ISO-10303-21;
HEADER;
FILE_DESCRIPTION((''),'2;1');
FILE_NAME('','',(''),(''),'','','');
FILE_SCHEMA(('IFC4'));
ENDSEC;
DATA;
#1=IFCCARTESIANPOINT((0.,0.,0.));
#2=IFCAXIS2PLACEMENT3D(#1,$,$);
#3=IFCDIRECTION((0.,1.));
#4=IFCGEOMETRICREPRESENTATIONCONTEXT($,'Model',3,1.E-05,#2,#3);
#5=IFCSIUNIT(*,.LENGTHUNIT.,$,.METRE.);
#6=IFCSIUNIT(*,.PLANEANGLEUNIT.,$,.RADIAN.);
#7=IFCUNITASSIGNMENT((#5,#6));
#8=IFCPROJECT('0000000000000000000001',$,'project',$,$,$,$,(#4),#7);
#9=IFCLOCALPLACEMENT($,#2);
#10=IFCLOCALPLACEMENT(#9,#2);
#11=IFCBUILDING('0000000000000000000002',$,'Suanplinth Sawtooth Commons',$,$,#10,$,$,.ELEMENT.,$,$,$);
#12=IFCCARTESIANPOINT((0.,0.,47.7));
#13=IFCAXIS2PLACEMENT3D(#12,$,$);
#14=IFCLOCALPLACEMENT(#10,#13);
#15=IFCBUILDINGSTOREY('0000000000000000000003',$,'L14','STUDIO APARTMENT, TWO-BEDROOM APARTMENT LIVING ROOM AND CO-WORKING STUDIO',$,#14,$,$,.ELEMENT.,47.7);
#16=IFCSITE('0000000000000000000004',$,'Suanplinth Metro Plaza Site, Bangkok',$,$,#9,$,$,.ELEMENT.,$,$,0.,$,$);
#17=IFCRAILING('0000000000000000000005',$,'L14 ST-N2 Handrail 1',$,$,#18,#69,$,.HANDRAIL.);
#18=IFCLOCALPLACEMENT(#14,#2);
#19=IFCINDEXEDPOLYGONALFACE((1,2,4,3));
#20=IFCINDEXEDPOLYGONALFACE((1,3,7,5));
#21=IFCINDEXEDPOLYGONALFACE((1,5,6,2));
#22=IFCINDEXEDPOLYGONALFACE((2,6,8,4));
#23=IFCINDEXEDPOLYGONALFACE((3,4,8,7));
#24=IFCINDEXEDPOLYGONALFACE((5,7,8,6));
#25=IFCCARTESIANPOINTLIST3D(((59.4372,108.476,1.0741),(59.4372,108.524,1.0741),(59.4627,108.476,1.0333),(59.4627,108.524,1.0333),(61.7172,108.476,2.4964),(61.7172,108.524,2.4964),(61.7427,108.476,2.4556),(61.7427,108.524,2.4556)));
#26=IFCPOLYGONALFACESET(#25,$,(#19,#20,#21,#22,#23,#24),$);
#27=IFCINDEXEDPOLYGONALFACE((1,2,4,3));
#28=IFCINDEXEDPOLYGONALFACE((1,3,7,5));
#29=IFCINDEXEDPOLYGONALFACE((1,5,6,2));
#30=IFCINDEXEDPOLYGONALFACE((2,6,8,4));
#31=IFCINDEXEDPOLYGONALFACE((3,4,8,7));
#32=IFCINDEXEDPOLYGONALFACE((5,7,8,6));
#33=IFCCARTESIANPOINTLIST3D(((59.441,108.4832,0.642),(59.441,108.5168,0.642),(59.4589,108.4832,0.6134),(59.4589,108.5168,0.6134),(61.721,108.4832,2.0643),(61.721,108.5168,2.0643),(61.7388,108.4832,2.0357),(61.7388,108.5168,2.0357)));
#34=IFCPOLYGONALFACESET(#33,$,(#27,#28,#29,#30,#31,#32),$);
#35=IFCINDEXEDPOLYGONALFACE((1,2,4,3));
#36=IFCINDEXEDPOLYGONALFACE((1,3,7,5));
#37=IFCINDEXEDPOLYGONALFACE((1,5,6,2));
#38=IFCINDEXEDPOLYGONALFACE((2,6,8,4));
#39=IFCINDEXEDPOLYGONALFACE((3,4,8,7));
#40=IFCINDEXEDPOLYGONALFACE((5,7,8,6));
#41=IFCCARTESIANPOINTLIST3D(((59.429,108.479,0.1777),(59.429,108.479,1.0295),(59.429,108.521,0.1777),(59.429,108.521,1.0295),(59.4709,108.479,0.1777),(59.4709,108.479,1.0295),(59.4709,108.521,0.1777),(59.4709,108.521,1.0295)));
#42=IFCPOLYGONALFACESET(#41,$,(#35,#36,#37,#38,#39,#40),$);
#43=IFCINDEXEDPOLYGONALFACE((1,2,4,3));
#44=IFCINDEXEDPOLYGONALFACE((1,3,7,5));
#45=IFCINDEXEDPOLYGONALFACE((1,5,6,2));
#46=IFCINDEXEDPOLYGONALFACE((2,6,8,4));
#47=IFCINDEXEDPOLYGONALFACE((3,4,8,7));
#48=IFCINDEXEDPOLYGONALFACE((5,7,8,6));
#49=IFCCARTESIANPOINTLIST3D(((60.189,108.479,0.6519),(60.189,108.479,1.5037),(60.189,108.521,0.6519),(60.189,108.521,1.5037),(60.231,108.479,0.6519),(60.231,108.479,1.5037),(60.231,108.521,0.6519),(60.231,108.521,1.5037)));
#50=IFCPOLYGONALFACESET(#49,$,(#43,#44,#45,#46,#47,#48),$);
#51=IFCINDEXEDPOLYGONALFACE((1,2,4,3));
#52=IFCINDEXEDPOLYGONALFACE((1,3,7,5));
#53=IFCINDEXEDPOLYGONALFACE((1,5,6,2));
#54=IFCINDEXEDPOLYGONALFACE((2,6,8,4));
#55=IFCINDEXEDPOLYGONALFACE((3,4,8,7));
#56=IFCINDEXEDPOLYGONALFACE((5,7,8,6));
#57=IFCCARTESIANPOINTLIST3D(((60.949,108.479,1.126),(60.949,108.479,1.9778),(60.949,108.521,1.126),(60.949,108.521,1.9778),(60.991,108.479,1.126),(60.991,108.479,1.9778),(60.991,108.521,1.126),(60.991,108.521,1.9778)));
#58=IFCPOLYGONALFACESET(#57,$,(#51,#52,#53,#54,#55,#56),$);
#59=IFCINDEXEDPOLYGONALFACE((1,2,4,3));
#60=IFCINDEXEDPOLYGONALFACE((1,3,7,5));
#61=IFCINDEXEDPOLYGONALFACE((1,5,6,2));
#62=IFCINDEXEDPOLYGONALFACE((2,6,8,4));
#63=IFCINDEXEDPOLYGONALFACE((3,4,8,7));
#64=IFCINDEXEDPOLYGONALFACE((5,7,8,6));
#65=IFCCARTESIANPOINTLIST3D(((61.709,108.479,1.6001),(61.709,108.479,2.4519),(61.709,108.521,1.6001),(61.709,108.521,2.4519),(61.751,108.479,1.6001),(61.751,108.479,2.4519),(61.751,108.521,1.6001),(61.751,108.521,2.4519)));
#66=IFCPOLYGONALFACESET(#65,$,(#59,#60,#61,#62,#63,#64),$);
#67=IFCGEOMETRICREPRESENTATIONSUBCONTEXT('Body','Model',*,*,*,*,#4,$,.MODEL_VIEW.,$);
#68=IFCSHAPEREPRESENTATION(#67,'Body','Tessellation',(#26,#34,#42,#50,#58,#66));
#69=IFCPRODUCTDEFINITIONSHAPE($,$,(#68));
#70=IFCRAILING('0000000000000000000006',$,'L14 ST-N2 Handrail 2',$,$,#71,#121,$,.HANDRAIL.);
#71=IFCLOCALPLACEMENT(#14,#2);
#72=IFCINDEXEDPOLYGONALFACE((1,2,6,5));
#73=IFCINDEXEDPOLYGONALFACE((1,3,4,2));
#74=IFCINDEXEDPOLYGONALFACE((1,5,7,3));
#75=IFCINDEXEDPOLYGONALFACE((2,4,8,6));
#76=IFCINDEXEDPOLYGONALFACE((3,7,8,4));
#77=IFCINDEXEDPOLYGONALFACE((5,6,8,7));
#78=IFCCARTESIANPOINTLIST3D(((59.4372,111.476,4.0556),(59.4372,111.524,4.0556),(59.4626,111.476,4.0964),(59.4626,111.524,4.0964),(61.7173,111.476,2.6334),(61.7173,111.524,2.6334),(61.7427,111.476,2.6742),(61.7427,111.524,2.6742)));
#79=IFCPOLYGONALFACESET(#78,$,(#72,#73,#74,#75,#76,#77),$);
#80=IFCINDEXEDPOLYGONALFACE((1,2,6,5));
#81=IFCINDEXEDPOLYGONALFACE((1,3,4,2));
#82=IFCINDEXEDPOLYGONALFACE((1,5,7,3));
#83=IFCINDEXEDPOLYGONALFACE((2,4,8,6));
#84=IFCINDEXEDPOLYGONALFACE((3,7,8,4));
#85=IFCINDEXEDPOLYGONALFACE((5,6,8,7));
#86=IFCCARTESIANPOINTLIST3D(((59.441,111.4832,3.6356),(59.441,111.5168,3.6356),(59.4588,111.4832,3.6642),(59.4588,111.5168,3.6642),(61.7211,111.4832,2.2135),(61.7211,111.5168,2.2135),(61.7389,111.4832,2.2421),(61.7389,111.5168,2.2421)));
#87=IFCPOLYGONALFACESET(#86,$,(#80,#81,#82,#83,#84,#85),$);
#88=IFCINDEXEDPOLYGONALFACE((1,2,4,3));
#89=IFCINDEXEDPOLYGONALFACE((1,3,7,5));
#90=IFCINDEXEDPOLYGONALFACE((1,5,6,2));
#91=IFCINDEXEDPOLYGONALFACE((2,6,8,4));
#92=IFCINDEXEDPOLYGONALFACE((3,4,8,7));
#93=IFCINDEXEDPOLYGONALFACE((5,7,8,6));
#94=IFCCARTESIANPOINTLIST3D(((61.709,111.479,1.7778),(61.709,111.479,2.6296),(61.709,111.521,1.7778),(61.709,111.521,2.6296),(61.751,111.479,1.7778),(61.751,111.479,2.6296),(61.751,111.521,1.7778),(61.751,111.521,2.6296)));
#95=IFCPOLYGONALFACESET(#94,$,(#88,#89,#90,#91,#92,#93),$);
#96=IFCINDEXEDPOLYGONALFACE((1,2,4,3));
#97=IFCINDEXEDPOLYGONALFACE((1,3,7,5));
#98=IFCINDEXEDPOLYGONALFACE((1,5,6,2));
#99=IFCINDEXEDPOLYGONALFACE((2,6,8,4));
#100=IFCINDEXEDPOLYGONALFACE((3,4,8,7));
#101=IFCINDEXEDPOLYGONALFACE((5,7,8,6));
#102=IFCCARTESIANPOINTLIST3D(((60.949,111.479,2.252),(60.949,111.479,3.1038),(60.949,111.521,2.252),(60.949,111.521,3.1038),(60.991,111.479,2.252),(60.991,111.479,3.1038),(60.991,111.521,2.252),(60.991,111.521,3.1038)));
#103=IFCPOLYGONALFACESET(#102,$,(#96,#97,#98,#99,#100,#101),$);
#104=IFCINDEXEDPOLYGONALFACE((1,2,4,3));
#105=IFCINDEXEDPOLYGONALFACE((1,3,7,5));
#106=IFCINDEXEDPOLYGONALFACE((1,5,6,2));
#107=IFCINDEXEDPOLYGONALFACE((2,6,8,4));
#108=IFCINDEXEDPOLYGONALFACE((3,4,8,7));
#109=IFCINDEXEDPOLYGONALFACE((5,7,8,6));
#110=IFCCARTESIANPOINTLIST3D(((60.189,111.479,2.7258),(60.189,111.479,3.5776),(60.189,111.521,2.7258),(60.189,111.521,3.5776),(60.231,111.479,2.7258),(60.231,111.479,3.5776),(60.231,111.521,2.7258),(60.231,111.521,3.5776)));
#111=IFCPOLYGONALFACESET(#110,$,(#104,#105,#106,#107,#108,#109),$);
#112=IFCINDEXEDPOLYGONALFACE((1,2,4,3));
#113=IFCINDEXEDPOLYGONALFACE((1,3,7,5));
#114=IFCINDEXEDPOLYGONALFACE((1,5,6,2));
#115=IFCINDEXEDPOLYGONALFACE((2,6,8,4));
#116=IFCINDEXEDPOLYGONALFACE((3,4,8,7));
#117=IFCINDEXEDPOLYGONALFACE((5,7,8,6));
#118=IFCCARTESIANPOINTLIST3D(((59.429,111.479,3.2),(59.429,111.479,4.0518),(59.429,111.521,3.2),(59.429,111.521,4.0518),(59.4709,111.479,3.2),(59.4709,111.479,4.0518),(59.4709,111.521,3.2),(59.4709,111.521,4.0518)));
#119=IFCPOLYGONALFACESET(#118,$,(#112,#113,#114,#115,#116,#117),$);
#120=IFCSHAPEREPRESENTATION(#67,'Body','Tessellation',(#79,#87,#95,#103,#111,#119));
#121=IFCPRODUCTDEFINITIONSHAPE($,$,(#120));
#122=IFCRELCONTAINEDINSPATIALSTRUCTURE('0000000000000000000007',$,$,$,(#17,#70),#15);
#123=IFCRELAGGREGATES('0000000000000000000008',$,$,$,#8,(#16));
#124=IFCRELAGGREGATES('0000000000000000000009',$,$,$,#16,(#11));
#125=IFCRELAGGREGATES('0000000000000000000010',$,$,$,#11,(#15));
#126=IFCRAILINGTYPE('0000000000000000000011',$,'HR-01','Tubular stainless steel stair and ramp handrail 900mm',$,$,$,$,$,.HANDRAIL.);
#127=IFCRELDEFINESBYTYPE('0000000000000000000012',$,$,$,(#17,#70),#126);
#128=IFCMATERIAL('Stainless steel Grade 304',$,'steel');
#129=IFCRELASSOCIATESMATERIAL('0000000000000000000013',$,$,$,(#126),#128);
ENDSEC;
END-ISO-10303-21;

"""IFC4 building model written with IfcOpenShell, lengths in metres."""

from ifc_helpers import new_model, si_unit, direction, frame, origin, origin_2d, place, context, subcontext, project, spatial, rectangle, extrude, material, type_object, element, save


model = new_model("IFC4")

# Units and contexts
model_context = context("Model", 3, precision=1e-05, world=origin(), true_north=direction((0.0, 1.0)))
body_context = subcontext(model_context, "Body", "Model", "MODEL_VIEW")
ifc_project = project(units=[si_unit("LENGTHUNIT", "METRE"), si_unit("PLANEANGLEUNIT", "RADIAN")], contexts=[model_context])

# Site, building, storey
site_placement = place(None, origin())
site = spatial("IfcSite", under=ifc_project, at=site_placement, Name="Suanplinth Metro Plaza Site, Bangkok", CompositionType="ELEMENT", RefElevation=0.0)
building_placement = place(site_placement, origin())
building = spatial("IfcBuilding", under=site, at=building_placement, Name="Suanplinth Sawtooth Commons", CompositionType="ELEMENT")
storey_placement = place(building_placement, frame((0.0, 0.0, 47.7)))
storey = spatial("IfcBuildingStorey", under=building, at=storey_placement, Name="L14", Description="STUDIO APARTMENT, TWO-BEDROOM APARTMENT LIVING ROOM AND CO-WORKING STUDIO", CompositionType="ELEMENT", Elevation=47.7)

# Shared definitions
ifc_material_1 = material(Name="Stainless steel Grade 304", Category="steel")

# Railings
railing_type_1 = type_object("IfcRailingType", Name="HR-01", Description="Tubular stainless steel stair and ramp handrail 900mm", PredefinedType="HANDRAIL", material=ifc_material_1)
railing_1_placement = place(storey_placement, frame((59.45, 108.5, 0.1777)))
element("IfcRailing", 1, at=railing_1_placement, inside=storey, type_object=railing_type_1, Name="L14 ST-N2 Handrail 1", PredefinedType="HANDRAIL", context=body_context, shape_type="SweptSolid", body=[
    extrude(rectangle(XDim=0.0481, YDim=0.0481, at=origin_2d()), frame((0.0, 0.0, 0.876), z_axis=(0.848442, 0.0, 0.529288), x_axis=(0.0, 1.0, 0.0)), (0.0, 0.0, 1.0), 2.6873),
    extrude(rectangle(XDim=0.0337, YDim=0.0337, at=origin_2d()), frame((0.0, 0.0, 0.45), z_axis=(0.848442, 0.0, 0.529288), x_axis=(0.0, 1.0, 0.0)), (0.0, 0.0, 1.0), 2.6873),
    extrude(rectangle(XDim=0.042, YDim=0.042, at=origin_2d()), origin(), (0.0, 0.0, 1.0), 0.8518),
    extrude(rectangle(XDim=0.042, YDim=0.042, at=origin_2d()), frame((0.76, 0.0, 0.4741)), (0.0, 0.0, 1.0), 0.8518),
    extrude(rectangle(XDim=0.042, YDim=0.042, at=origin_2d()), frame((1.52, 0.0, 0.9482)), (0.0, 0.0, 1.0), 0.8518),
    extrude(rectangle(XDim=0.042, YDim=0.042, at=origin_2d()), frame((2.28, 0.0, 1.4224)), (0.0, 0.0, 1.0), 0.8518),
])
railing_2_placement = place(storey_placement, frame((61.73, 111.5, 1.7778)))
element("IfcRailing", 2, at=railing_2_placement, inside=storey, type_object=railing_type_1, Name="L14 ST-N2 Handrail 2", PredefinedType="HANDRAIL", context=body_context, shape_type="SweptSolid", body=[
    extrude(rectangle(XDim=0.0481, YDim=0.0481, at=origin_2d()), frame((0.0, 0.0, 0.876), z_axis=(-0.848483, 0.0, 0.529223), x_axis=(0.0, -1.0, 0.0)), (0.0, 0.0, 1.0), 2.6873),
    extrude(rectangle(XDim=0.0337, YDim=0.0337, at=origin_2d()), frame((0.0, 0.0, 0.45), z_axis=(-0.848483, 0.0, 0.529223), x_axis=(0.0, -1.0, 0.0)), (0.0, 0.0, 1.0), 2.6873),
    extrude(rectangle(XDim=0.042, YDim=0.042, at=origin_2d()), origin(), (0.0, 0.0, 1.0), 0.8518),
    extrude(rectangle(XDim=0.042, YDim=0.042, at=origin_2d()), frame((-0.76, 0.0, 0.4741)), (0.0, 0.0, 1.0), 0.8518),
    extrude(rectangle(XDim=0.042, YDim=0.042, at=origin_2d()), frame((-1.52, 0.0, 0.948)), (0.0, 0.0, 1.0), 0.8518),
    extrude(rectangle(XDim=0.042, YDim=0.042, at=origin_2d()), frame((-2.28, 0.0, 1.4221)), (0.0, 0.0, 1.0), 0.8518),
])

save(model, "model.ifc")
